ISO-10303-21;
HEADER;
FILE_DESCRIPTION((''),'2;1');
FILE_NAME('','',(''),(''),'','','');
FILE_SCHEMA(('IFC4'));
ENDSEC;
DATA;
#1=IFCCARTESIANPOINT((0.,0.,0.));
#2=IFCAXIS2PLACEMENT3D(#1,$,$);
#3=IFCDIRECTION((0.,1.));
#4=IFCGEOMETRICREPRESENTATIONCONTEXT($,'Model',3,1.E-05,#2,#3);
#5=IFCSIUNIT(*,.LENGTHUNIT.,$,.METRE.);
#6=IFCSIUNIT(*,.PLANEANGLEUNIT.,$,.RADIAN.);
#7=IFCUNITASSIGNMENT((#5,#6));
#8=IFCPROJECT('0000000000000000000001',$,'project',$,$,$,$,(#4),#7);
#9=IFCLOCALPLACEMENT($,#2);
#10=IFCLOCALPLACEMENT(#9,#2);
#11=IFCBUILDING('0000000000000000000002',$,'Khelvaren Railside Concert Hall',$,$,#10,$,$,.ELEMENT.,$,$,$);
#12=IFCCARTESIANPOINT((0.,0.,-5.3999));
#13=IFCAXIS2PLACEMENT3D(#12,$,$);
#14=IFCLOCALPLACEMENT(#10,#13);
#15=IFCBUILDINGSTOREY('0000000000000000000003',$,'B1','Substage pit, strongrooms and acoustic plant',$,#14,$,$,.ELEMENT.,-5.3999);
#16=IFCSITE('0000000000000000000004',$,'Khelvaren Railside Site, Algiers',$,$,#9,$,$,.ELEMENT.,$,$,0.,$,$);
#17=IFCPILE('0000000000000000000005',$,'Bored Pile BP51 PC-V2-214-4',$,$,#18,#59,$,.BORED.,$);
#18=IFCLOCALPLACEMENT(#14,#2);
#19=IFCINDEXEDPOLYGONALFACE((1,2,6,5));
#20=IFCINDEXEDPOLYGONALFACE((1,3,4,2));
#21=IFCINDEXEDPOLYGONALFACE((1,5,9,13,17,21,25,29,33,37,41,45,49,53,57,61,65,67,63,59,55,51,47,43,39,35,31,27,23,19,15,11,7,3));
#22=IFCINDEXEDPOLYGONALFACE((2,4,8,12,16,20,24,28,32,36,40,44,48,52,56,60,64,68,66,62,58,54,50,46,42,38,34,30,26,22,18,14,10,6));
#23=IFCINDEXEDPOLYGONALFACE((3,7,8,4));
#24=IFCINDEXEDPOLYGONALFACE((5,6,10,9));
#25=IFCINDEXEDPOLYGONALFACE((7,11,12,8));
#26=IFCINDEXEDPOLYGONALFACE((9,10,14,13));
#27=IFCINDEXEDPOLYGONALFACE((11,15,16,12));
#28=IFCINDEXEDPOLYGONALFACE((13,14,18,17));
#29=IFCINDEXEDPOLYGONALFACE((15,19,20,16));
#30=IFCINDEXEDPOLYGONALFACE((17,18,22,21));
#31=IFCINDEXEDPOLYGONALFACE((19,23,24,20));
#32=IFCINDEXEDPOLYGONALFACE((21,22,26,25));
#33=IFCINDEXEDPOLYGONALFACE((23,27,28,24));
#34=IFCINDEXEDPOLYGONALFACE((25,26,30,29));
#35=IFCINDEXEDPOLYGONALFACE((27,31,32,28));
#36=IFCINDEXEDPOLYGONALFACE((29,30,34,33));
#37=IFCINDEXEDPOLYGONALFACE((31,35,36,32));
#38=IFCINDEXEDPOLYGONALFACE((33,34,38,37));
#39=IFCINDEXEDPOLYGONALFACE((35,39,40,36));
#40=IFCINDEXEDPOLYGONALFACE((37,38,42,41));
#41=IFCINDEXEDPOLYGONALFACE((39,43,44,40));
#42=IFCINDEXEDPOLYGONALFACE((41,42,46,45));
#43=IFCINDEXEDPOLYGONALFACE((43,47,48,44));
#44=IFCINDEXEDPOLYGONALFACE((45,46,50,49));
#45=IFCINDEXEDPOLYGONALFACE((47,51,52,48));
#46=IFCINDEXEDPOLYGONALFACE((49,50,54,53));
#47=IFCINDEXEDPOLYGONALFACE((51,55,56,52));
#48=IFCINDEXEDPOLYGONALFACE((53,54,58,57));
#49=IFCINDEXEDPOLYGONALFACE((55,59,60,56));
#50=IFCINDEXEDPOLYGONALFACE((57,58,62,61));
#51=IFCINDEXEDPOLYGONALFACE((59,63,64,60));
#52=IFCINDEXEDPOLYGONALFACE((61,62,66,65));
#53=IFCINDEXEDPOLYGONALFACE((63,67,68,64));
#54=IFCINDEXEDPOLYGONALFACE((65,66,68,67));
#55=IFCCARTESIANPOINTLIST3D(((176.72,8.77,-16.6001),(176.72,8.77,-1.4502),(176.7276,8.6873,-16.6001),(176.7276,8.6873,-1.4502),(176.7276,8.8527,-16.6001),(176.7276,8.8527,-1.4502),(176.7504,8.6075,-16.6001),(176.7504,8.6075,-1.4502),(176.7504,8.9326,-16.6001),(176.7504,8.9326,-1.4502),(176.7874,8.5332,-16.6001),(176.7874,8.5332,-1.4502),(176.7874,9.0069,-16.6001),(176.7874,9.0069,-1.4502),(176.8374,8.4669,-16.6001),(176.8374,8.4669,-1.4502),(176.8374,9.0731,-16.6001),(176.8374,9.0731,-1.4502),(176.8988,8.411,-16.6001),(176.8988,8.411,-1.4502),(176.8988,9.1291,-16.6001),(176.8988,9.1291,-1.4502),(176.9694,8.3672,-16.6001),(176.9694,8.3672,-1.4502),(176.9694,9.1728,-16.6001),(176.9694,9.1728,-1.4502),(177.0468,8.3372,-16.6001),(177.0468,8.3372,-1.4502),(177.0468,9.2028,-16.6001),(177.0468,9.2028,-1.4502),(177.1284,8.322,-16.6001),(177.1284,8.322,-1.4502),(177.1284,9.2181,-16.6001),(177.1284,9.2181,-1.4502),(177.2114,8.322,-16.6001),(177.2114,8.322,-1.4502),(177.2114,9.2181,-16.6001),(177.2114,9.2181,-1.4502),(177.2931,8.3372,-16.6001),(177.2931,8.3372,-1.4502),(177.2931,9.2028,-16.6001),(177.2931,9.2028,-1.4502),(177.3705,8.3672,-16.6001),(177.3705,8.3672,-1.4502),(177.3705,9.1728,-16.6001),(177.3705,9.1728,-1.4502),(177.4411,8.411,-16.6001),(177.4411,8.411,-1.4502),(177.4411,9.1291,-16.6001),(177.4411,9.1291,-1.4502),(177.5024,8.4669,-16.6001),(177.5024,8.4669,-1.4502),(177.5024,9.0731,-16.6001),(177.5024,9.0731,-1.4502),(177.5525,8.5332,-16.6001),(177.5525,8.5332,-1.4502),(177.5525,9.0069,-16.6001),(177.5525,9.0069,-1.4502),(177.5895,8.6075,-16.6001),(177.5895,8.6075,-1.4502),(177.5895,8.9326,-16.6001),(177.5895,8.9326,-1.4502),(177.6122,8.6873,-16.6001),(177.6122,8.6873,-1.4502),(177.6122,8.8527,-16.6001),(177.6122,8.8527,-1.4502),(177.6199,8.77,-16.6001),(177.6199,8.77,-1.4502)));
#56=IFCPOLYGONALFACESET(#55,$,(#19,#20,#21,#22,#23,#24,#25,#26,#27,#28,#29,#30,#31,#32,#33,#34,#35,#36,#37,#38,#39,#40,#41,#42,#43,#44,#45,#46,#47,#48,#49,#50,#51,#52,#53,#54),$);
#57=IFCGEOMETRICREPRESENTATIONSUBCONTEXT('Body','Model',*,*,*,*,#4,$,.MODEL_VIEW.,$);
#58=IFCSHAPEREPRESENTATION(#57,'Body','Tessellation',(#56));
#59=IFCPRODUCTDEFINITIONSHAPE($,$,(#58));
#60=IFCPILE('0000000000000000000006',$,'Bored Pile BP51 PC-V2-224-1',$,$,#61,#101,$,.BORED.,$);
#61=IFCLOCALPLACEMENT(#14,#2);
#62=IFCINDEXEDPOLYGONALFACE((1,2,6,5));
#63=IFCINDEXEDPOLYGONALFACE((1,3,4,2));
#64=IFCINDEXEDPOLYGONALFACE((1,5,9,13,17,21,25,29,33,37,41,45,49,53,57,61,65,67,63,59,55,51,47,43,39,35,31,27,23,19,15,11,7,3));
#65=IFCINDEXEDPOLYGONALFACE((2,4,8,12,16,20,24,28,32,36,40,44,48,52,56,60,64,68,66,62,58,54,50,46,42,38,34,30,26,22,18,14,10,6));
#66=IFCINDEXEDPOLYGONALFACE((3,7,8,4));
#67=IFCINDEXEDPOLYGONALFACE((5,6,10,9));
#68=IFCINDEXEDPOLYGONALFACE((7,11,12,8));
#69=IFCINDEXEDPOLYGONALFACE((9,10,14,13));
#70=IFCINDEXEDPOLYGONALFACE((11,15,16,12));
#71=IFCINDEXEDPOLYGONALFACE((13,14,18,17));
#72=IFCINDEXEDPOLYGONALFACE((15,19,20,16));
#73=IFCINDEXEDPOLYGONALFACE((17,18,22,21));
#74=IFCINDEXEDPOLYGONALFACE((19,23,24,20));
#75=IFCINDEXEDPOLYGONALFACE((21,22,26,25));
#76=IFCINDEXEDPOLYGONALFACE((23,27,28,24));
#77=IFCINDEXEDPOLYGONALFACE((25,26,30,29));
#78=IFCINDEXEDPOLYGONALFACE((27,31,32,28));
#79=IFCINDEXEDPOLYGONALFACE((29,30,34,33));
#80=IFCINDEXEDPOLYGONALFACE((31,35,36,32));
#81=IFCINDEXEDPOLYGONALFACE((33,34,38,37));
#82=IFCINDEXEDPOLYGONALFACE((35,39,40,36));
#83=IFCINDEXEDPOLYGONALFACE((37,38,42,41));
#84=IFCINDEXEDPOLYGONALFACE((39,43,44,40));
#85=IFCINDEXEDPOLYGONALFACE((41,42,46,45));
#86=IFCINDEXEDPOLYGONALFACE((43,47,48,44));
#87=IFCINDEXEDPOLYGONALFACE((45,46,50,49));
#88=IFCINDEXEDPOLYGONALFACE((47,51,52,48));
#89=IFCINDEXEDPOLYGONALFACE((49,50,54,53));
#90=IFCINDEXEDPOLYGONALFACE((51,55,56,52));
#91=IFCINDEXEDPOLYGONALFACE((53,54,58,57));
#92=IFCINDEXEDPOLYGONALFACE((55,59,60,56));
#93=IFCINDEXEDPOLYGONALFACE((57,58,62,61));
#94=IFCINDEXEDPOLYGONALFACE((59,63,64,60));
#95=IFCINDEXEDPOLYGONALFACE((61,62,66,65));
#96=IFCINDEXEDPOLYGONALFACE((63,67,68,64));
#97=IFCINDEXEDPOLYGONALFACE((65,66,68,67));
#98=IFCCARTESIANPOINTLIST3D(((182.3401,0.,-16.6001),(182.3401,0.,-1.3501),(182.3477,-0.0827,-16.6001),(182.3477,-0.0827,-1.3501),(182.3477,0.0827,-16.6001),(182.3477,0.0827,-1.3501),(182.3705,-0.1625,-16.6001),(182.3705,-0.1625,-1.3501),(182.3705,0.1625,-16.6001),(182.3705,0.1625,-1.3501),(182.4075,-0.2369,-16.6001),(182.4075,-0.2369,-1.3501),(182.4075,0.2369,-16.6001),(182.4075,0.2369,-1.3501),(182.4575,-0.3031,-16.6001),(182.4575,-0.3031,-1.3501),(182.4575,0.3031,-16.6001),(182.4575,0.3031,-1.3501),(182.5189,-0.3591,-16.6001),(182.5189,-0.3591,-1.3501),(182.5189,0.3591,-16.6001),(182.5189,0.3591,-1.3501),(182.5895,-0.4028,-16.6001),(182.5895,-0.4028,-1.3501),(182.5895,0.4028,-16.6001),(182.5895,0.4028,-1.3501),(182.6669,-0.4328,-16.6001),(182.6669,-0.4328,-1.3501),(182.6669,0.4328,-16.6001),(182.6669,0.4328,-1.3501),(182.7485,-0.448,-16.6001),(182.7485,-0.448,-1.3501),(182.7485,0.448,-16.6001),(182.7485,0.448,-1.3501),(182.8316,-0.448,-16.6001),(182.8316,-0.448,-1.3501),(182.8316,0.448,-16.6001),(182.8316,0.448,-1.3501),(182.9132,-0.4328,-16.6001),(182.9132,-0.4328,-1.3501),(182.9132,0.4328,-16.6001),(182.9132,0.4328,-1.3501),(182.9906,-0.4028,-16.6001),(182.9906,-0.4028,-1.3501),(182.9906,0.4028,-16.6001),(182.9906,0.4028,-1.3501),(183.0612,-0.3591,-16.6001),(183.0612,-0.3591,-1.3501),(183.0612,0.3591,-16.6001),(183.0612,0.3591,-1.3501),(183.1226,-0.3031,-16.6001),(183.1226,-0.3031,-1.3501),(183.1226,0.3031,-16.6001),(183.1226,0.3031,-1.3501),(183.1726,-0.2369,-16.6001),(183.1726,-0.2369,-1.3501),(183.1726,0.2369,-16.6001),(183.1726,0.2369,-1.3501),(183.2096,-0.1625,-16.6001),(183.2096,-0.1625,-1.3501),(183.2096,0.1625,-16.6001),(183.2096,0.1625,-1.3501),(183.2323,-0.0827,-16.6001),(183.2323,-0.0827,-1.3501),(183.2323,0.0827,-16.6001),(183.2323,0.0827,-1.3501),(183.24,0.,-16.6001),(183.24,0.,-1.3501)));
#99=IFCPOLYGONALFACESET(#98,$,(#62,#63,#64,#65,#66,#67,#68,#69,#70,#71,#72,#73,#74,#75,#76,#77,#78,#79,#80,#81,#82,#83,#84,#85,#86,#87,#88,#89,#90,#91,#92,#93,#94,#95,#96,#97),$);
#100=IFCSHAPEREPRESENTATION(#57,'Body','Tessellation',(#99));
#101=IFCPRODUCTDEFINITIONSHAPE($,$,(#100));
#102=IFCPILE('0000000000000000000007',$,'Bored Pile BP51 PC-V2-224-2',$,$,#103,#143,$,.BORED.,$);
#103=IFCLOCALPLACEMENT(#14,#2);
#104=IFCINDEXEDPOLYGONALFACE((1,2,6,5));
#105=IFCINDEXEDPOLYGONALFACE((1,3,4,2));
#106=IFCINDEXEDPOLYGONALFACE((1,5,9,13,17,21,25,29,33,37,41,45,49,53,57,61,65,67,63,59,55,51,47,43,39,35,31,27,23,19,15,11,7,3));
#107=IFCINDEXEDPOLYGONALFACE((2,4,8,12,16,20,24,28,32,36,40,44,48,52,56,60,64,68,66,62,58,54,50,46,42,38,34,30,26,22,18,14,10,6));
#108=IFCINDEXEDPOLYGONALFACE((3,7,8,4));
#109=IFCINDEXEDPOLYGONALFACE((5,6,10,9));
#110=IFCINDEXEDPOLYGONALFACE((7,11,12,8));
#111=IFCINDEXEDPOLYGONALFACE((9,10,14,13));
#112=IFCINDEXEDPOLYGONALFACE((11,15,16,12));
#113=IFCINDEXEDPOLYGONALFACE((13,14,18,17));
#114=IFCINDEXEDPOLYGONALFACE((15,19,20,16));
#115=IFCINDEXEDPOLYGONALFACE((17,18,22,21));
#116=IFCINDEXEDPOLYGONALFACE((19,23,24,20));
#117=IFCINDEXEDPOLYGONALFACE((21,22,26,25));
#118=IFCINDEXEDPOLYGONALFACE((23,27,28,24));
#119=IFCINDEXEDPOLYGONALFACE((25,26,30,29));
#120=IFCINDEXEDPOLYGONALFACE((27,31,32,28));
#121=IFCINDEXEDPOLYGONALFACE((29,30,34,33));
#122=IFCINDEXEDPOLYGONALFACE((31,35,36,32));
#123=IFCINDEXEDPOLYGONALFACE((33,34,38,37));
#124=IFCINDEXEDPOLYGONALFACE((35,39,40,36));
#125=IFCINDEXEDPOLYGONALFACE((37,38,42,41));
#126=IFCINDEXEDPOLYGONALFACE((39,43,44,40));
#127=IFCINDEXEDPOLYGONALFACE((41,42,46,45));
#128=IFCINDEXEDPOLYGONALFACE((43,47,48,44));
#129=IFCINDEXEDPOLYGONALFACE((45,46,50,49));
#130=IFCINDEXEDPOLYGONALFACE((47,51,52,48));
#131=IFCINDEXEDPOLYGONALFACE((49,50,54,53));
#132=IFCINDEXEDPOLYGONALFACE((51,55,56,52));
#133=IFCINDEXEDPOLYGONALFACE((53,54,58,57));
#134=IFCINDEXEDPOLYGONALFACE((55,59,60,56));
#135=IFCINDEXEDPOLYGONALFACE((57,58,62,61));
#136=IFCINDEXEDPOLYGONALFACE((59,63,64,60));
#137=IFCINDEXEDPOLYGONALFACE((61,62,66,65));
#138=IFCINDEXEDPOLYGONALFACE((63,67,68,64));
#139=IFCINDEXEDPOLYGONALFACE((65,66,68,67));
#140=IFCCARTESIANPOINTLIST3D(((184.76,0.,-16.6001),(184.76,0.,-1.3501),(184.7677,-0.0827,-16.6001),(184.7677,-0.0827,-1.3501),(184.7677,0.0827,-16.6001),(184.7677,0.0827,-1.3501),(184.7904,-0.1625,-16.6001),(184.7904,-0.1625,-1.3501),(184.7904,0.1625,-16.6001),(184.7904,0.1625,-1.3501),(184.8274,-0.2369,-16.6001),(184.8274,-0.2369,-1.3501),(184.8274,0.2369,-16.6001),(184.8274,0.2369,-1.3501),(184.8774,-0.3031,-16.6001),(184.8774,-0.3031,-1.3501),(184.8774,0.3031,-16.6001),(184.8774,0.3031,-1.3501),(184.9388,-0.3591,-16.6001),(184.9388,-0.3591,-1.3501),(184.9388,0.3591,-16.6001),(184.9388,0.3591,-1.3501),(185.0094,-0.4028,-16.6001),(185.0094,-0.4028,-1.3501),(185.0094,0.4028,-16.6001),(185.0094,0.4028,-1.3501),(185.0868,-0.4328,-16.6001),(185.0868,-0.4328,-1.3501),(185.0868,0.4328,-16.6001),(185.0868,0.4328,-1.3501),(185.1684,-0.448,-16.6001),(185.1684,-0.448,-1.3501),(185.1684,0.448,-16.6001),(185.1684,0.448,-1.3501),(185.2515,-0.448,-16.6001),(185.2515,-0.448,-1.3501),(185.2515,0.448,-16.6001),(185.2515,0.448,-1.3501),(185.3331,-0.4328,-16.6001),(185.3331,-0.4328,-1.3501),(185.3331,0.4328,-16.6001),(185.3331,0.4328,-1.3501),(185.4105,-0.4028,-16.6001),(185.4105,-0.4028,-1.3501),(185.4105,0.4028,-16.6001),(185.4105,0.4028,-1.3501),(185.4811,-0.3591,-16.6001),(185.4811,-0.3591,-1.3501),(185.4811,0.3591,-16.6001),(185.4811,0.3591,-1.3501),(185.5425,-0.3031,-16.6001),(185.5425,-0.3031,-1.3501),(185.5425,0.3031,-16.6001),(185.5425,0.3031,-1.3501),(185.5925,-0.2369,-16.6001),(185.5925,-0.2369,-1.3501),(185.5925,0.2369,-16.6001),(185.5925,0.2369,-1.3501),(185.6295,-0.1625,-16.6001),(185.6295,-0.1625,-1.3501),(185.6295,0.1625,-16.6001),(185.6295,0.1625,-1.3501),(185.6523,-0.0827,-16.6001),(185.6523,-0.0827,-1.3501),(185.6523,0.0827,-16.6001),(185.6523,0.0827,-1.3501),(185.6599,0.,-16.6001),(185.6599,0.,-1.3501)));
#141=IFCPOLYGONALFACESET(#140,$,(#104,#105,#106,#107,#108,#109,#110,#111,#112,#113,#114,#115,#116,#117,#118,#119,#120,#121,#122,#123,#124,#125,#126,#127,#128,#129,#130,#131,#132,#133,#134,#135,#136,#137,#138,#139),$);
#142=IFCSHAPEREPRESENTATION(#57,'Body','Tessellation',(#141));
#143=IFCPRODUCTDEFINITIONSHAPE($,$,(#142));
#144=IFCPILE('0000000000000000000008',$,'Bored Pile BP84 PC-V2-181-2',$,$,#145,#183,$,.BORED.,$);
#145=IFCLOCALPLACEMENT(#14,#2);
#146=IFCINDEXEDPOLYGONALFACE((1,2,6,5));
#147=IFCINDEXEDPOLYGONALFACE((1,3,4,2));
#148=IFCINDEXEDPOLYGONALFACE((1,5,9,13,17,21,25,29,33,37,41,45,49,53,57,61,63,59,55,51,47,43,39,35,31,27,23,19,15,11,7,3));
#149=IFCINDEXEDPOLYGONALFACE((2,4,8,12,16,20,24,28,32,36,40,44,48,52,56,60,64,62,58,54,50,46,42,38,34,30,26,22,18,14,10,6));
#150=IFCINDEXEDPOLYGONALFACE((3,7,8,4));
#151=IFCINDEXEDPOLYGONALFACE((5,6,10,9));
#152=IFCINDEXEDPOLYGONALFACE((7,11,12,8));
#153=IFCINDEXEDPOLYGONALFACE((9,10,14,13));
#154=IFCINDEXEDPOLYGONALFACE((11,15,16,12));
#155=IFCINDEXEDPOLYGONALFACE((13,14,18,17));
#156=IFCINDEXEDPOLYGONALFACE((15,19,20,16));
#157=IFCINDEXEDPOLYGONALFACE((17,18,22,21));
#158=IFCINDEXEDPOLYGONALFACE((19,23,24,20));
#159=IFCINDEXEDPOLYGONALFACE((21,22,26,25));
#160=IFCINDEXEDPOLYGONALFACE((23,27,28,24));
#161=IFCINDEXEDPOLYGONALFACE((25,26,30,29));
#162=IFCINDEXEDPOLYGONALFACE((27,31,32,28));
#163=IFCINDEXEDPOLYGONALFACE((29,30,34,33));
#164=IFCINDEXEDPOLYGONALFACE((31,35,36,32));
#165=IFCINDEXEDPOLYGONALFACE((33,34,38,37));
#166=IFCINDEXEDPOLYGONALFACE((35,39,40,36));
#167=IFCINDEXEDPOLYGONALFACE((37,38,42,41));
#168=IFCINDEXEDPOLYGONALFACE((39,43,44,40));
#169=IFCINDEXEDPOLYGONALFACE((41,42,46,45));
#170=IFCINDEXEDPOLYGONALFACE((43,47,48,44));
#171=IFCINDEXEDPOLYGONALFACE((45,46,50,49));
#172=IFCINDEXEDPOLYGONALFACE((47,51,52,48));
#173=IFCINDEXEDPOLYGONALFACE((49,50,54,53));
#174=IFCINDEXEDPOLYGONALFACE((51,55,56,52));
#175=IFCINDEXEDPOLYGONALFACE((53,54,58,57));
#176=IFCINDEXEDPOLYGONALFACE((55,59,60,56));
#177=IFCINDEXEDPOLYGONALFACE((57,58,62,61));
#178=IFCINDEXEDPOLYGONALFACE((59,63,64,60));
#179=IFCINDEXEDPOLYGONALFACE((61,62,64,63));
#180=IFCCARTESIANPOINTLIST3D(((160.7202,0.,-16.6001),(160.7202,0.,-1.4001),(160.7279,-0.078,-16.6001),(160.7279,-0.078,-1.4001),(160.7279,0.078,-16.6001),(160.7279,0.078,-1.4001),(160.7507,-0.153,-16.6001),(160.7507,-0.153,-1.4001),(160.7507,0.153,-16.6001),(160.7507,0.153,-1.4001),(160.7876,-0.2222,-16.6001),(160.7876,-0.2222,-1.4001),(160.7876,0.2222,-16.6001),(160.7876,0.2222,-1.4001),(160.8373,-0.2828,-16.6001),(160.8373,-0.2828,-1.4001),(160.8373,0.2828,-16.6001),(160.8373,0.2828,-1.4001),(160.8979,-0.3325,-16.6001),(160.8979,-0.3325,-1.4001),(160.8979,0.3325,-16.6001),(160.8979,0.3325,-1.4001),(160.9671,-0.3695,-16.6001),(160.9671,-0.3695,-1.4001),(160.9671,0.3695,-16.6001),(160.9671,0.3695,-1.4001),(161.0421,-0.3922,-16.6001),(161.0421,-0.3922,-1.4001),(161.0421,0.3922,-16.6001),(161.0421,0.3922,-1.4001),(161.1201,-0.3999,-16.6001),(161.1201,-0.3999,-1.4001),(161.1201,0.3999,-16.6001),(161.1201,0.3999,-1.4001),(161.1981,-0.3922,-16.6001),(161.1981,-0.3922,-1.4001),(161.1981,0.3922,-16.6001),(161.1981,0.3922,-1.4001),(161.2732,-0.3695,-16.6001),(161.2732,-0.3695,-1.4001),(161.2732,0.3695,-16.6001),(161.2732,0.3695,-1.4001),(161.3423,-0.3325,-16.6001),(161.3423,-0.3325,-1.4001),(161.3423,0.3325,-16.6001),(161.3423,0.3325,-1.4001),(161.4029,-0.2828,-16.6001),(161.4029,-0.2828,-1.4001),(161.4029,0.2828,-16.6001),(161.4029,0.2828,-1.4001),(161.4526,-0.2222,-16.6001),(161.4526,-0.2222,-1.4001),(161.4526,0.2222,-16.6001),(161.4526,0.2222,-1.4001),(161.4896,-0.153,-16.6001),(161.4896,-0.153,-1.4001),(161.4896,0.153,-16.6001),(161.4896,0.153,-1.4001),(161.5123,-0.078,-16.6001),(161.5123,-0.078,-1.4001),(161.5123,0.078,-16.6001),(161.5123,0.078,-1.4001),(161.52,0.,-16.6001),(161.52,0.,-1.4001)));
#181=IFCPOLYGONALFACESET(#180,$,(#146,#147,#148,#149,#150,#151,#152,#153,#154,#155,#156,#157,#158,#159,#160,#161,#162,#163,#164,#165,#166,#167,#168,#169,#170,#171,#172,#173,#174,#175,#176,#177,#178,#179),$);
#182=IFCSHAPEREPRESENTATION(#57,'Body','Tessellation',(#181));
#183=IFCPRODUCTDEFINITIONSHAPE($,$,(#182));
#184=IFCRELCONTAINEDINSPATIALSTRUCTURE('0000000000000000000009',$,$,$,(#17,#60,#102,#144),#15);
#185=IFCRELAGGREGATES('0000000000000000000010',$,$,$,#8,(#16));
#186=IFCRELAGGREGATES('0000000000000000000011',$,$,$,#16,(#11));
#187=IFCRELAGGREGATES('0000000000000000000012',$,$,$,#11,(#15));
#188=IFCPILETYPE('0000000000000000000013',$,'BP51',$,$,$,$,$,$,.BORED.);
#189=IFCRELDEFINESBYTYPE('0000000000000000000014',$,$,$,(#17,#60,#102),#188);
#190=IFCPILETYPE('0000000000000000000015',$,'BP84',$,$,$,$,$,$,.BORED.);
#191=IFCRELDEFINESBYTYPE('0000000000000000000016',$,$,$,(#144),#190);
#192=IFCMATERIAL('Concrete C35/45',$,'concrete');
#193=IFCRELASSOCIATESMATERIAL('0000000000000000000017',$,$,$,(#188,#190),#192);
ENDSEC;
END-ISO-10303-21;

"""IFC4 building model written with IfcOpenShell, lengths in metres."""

from ifc_helpers import new_model, si_unit, direction, frame, origin, origin_2d, place, context, subcontext, project, spatial, circle, extrude, material, material_profile, profile_set, type_object, element, save


model = new_model("IFC4")

# Units and contexts
model_context = context("Model", 3, precision=1e-05, world=origin(), true_north=direction((0.0, 1.0)))
body_context = subcontext(model_context, "Body", "Model", "MODEL_VIEW")
ifc_project = project(units=[si_unit("LENGTHUNIT", "METRE"), si_unit("PLANEANGLEUNIT", "RADIAN")], contexts=[model_context])

# Site, building, storey
site_placement = place(None, origin())
site = spatial("IfcSite", under=ifc_project, at=site_placement, Name="Khelvaren Railside Site, Algiers", CompositionType="ELEMENT", RefElevation=0.0)
building_placement = place(site_placement, origin())
building = spatial("IfcBuilding", under=site, at=building_placement, Name="Khelvaren Railside Concert Hall", CompositionType="ELEMENT")
storey_placement = place(building_placement, frame((0.0, 0.0, -5.3999)))
storey = spatial("IfcBuildingStorey", under=building, at=storey_placement, Name="B1", Description="Substage pit, strongrooms and acoustic plant", CompositionType="ELEMENT", Elevation=-5.3999)

# Piles
ifc_material_1 = material(Name="Concrete C35/45", Category="concrete")
ifc_material_profile_1 = material_profile(ifc_material_1, circle(Radius=0.45, at=origin_2d()), Name="BP D900")
ifc_profile_set_1 = profile_set([ifc_material_profile_1], Name="Concrete C35/45")
pile_type_1 = type_object("IfcPileType", Name="BP51", PredefinedType="BORED", material=ifc_profile_set_1)
for number, where, z_axis, x_axis, name in (
    (1, (177.1699, 8.77, -1.4502), (0.0, 0.0, -1.0), (1.0, 0.0, 0.0), "Bored Pile BP51 PC-V2-214-4"),
):
    element("IfcPile", number, at=place(storey_placement, frame(where, z_axis=z_axis, x_axis=x_axis)), inside=storey, type_object=pile_type_1, Name=name, PredefinedType="BORED", context=body_context, shape_type="SweptSolid", body=[
        extrude(circle(Radius=0.45, at=origin_2d()), origin(), (0.0, 0.0, 1.0), 15.1499),
    ])
for number, where, z_axis, x_axis, name in (
    (2, (182.79, 0.0, -1.3501), (0.0, 0.0, -1.0), (1.0, 0.0, 0.0), "Bored Pile BP51 PC-V2-224-1"),
    (3, (185.21, 0.0, -1.3501), (0.0, 0.0, -1.0), (1.0, 0.0, 0.0), "Bored Pile BP51 PC-V2-224-2"),
):
    element("IfcPile", number, at=place(storey_placement, frame(where, z_axis=z_axis, x_axis=x_axis)), inside=storey, type_object=pile_type_1, Name=name, PredefinedType="BORED", context=body_context, shape_type="SweptSolid", body=[
        extrude(circle(Radius=0.45, at=origin_2d()), origin(), (0.0, 0.0, 1.0), 15.25),
    ])
ifc_material_profile_2 = material_profile(ifc_material_1, circle(Radius=0.3999, at=origin_2d()), Name="BP D800")
ifc_profile_set_2 = profile_set([ifc_material_profile_2], Name="Concrete C35/45")
pile_type_2 = type_object("IfcPileType", Name="BP84", PredefinedType="BORED", material=ifc_profile_set_2)
for number, where, z_axis, x_axis, name in (
    (4, (161.1201, 0.0, -1.4001), (0.0, 0.0, -1.0), (1.0, 0.0, 0.0), "Bored Pile BP84 PC-V2-181-2"),
):
    element("IfcPile", number, at=place(storey_placement, frame(where, z_axis=z_axis, x_axis=x_axis)), inside=storey, type_object=pile_type_2, Name=name, PredefinedType="BORED", context=body_context, shape_type="SweptSolid", body=[
        extrude(circle(Radius=0.3999, at=origin_2d()), origin(), (0.0, 0.0, 1.0), 15.2),
    ])

save(model, "model.ifc")
